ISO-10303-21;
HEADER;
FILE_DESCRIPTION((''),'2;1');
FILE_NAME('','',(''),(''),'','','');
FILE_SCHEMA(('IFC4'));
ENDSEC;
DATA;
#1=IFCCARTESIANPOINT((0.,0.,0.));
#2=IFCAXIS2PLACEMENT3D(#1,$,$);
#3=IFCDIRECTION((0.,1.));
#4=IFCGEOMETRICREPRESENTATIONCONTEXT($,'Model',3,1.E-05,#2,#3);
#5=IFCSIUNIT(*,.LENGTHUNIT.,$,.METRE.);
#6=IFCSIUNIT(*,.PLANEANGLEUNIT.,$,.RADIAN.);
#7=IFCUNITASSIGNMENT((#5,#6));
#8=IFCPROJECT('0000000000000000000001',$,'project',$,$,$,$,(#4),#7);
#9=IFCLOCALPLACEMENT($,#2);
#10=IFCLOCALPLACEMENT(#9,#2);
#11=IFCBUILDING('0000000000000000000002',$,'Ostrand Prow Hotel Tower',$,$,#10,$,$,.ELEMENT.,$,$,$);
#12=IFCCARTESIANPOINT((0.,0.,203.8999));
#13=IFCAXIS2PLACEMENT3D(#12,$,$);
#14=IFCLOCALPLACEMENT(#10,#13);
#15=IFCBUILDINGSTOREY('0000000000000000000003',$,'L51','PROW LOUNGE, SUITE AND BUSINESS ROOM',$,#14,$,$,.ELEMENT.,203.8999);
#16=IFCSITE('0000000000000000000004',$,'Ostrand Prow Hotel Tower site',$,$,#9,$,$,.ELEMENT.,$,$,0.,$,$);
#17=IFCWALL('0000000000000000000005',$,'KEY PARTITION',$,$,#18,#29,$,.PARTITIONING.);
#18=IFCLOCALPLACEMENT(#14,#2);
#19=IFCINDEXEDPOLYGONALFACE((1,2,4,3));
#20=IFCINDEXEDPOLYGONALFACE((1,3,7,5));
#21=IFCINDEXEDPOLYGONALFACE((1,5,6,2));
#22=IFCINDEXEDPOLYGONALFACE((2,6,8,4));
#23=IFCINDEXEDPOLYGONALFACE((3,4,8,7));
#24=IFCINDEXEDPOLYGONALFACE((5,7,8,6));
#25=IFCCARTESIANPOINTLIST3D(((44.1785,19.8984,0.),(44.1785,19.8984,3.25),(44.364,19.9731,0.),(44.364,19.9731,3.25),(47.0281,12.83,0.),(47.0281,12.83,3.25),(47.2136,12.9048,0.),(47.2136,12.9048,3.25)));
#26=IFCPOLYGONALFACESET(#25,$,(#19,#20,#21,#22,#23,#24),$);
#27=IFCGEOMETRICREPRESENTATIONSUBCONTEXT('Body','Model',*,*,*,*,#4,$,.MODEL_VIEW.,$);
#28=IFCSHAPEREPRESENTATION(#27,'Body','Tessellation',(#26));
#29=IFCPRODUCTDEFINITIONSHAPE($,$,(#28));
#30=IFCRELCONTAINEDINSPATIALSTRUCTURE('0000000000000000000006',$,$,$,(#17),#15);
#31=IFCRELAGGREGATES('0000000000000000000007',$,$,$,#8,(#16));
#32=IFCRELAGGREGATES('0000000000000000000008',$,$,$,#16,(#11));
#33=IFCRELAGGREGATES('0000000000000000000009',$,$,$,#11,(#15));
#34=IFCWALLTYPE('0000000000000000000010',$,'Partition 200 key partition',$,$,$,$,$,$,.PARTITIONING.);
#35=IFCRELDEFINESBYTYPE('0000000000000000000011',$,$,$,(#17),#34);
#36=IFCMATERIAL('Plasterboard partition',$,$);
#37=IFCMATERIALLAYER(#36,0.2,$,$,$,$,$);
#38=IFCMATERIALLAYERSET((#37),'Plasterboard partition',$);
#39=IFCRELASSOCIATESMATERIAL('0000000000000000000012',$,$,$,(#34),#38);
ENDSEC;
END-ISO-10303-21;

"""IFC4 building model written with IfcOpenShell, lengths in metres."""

from ifc_helpers import new_model, si_unit, direction, frame, frame_2d, origin, place, context, subcontext, project, spatial, rectangle, extrude, material, layer, layer_set, type_object, element, save


model = new_model("IFC4")

# Units and contexts
model_context = context("Model", 3, precision=1e-05, world=origin(), true_north=direction((0.0, 1.0)))
body_context = subcontext(model_context, "Body", "Model", "MODEL_VIEW")
ifc_project = project(units=[si_unit("LENGTHUNIT", "METRE"), si_unit("PLANEANGLEUNIT", "RADIAN")], contexts=[model_context])

# Site, building, storey
site_placement = place(None, origin())
site = spatial("IfcSite", under=ifc_project, at=site_placement, Name="Ostrand Prow Hotel Tower site", CompositionType="ELEMENT", RefElevation=0.0)
building_placement = place(site_placement, origin())
building = spatial("IfcBuilding", under=site, at=building_placement, Name="Ostrand Prow Hotel Tower", CompositionType="ELEMENT")
storey_placement = place(building_placement, frame((0.0, 0.0, 203.8999)))
storey = spatial("IfcBuildingStorey", under=building, at=storey_placement, Name="L51", Description="PROW LOUNGE, SUITE AND BUSINESS ROOM", CompositionType="ELEMENT", Elevation=203.8999)

# Wall
ifc_material_1 = material(Name="Plasterboard partition")
ifc_layer_1 = layer(ifc_material_1, 0.2)
ifc_layer_set_1 = layer_set([ifc_layer_1], Name="Plasterboard partition")
wall_type_1 = type_object("IfcWallType", Name="Partition 200 key partition", PredefinedType="PARTITIONING", material=ifc_layer_set_1)
wall_1_placement = place(storey_placement, frame((47.1208, 12.8674, 0.0), z_axis=(0.0, 0.0, 1.0), x_axis=(-0.373908, 0.927466, 0.0)))
element("IfcWall", 1, at=wall_1_placement, inside=storey, type_object=wall_type_1, Name="KEY PARTITION", PredefinedType="PARTITIONING", context=body_context, shape_type="SweptSolid", body=[
    extrude(rectangle(XDim=7.6211, YDim=0.2, at=frame_2d((3.8105, 0.0))), origin(), (0.0, 0.0, 1.0), 3.25),
])

save(model, "model.ifc")
